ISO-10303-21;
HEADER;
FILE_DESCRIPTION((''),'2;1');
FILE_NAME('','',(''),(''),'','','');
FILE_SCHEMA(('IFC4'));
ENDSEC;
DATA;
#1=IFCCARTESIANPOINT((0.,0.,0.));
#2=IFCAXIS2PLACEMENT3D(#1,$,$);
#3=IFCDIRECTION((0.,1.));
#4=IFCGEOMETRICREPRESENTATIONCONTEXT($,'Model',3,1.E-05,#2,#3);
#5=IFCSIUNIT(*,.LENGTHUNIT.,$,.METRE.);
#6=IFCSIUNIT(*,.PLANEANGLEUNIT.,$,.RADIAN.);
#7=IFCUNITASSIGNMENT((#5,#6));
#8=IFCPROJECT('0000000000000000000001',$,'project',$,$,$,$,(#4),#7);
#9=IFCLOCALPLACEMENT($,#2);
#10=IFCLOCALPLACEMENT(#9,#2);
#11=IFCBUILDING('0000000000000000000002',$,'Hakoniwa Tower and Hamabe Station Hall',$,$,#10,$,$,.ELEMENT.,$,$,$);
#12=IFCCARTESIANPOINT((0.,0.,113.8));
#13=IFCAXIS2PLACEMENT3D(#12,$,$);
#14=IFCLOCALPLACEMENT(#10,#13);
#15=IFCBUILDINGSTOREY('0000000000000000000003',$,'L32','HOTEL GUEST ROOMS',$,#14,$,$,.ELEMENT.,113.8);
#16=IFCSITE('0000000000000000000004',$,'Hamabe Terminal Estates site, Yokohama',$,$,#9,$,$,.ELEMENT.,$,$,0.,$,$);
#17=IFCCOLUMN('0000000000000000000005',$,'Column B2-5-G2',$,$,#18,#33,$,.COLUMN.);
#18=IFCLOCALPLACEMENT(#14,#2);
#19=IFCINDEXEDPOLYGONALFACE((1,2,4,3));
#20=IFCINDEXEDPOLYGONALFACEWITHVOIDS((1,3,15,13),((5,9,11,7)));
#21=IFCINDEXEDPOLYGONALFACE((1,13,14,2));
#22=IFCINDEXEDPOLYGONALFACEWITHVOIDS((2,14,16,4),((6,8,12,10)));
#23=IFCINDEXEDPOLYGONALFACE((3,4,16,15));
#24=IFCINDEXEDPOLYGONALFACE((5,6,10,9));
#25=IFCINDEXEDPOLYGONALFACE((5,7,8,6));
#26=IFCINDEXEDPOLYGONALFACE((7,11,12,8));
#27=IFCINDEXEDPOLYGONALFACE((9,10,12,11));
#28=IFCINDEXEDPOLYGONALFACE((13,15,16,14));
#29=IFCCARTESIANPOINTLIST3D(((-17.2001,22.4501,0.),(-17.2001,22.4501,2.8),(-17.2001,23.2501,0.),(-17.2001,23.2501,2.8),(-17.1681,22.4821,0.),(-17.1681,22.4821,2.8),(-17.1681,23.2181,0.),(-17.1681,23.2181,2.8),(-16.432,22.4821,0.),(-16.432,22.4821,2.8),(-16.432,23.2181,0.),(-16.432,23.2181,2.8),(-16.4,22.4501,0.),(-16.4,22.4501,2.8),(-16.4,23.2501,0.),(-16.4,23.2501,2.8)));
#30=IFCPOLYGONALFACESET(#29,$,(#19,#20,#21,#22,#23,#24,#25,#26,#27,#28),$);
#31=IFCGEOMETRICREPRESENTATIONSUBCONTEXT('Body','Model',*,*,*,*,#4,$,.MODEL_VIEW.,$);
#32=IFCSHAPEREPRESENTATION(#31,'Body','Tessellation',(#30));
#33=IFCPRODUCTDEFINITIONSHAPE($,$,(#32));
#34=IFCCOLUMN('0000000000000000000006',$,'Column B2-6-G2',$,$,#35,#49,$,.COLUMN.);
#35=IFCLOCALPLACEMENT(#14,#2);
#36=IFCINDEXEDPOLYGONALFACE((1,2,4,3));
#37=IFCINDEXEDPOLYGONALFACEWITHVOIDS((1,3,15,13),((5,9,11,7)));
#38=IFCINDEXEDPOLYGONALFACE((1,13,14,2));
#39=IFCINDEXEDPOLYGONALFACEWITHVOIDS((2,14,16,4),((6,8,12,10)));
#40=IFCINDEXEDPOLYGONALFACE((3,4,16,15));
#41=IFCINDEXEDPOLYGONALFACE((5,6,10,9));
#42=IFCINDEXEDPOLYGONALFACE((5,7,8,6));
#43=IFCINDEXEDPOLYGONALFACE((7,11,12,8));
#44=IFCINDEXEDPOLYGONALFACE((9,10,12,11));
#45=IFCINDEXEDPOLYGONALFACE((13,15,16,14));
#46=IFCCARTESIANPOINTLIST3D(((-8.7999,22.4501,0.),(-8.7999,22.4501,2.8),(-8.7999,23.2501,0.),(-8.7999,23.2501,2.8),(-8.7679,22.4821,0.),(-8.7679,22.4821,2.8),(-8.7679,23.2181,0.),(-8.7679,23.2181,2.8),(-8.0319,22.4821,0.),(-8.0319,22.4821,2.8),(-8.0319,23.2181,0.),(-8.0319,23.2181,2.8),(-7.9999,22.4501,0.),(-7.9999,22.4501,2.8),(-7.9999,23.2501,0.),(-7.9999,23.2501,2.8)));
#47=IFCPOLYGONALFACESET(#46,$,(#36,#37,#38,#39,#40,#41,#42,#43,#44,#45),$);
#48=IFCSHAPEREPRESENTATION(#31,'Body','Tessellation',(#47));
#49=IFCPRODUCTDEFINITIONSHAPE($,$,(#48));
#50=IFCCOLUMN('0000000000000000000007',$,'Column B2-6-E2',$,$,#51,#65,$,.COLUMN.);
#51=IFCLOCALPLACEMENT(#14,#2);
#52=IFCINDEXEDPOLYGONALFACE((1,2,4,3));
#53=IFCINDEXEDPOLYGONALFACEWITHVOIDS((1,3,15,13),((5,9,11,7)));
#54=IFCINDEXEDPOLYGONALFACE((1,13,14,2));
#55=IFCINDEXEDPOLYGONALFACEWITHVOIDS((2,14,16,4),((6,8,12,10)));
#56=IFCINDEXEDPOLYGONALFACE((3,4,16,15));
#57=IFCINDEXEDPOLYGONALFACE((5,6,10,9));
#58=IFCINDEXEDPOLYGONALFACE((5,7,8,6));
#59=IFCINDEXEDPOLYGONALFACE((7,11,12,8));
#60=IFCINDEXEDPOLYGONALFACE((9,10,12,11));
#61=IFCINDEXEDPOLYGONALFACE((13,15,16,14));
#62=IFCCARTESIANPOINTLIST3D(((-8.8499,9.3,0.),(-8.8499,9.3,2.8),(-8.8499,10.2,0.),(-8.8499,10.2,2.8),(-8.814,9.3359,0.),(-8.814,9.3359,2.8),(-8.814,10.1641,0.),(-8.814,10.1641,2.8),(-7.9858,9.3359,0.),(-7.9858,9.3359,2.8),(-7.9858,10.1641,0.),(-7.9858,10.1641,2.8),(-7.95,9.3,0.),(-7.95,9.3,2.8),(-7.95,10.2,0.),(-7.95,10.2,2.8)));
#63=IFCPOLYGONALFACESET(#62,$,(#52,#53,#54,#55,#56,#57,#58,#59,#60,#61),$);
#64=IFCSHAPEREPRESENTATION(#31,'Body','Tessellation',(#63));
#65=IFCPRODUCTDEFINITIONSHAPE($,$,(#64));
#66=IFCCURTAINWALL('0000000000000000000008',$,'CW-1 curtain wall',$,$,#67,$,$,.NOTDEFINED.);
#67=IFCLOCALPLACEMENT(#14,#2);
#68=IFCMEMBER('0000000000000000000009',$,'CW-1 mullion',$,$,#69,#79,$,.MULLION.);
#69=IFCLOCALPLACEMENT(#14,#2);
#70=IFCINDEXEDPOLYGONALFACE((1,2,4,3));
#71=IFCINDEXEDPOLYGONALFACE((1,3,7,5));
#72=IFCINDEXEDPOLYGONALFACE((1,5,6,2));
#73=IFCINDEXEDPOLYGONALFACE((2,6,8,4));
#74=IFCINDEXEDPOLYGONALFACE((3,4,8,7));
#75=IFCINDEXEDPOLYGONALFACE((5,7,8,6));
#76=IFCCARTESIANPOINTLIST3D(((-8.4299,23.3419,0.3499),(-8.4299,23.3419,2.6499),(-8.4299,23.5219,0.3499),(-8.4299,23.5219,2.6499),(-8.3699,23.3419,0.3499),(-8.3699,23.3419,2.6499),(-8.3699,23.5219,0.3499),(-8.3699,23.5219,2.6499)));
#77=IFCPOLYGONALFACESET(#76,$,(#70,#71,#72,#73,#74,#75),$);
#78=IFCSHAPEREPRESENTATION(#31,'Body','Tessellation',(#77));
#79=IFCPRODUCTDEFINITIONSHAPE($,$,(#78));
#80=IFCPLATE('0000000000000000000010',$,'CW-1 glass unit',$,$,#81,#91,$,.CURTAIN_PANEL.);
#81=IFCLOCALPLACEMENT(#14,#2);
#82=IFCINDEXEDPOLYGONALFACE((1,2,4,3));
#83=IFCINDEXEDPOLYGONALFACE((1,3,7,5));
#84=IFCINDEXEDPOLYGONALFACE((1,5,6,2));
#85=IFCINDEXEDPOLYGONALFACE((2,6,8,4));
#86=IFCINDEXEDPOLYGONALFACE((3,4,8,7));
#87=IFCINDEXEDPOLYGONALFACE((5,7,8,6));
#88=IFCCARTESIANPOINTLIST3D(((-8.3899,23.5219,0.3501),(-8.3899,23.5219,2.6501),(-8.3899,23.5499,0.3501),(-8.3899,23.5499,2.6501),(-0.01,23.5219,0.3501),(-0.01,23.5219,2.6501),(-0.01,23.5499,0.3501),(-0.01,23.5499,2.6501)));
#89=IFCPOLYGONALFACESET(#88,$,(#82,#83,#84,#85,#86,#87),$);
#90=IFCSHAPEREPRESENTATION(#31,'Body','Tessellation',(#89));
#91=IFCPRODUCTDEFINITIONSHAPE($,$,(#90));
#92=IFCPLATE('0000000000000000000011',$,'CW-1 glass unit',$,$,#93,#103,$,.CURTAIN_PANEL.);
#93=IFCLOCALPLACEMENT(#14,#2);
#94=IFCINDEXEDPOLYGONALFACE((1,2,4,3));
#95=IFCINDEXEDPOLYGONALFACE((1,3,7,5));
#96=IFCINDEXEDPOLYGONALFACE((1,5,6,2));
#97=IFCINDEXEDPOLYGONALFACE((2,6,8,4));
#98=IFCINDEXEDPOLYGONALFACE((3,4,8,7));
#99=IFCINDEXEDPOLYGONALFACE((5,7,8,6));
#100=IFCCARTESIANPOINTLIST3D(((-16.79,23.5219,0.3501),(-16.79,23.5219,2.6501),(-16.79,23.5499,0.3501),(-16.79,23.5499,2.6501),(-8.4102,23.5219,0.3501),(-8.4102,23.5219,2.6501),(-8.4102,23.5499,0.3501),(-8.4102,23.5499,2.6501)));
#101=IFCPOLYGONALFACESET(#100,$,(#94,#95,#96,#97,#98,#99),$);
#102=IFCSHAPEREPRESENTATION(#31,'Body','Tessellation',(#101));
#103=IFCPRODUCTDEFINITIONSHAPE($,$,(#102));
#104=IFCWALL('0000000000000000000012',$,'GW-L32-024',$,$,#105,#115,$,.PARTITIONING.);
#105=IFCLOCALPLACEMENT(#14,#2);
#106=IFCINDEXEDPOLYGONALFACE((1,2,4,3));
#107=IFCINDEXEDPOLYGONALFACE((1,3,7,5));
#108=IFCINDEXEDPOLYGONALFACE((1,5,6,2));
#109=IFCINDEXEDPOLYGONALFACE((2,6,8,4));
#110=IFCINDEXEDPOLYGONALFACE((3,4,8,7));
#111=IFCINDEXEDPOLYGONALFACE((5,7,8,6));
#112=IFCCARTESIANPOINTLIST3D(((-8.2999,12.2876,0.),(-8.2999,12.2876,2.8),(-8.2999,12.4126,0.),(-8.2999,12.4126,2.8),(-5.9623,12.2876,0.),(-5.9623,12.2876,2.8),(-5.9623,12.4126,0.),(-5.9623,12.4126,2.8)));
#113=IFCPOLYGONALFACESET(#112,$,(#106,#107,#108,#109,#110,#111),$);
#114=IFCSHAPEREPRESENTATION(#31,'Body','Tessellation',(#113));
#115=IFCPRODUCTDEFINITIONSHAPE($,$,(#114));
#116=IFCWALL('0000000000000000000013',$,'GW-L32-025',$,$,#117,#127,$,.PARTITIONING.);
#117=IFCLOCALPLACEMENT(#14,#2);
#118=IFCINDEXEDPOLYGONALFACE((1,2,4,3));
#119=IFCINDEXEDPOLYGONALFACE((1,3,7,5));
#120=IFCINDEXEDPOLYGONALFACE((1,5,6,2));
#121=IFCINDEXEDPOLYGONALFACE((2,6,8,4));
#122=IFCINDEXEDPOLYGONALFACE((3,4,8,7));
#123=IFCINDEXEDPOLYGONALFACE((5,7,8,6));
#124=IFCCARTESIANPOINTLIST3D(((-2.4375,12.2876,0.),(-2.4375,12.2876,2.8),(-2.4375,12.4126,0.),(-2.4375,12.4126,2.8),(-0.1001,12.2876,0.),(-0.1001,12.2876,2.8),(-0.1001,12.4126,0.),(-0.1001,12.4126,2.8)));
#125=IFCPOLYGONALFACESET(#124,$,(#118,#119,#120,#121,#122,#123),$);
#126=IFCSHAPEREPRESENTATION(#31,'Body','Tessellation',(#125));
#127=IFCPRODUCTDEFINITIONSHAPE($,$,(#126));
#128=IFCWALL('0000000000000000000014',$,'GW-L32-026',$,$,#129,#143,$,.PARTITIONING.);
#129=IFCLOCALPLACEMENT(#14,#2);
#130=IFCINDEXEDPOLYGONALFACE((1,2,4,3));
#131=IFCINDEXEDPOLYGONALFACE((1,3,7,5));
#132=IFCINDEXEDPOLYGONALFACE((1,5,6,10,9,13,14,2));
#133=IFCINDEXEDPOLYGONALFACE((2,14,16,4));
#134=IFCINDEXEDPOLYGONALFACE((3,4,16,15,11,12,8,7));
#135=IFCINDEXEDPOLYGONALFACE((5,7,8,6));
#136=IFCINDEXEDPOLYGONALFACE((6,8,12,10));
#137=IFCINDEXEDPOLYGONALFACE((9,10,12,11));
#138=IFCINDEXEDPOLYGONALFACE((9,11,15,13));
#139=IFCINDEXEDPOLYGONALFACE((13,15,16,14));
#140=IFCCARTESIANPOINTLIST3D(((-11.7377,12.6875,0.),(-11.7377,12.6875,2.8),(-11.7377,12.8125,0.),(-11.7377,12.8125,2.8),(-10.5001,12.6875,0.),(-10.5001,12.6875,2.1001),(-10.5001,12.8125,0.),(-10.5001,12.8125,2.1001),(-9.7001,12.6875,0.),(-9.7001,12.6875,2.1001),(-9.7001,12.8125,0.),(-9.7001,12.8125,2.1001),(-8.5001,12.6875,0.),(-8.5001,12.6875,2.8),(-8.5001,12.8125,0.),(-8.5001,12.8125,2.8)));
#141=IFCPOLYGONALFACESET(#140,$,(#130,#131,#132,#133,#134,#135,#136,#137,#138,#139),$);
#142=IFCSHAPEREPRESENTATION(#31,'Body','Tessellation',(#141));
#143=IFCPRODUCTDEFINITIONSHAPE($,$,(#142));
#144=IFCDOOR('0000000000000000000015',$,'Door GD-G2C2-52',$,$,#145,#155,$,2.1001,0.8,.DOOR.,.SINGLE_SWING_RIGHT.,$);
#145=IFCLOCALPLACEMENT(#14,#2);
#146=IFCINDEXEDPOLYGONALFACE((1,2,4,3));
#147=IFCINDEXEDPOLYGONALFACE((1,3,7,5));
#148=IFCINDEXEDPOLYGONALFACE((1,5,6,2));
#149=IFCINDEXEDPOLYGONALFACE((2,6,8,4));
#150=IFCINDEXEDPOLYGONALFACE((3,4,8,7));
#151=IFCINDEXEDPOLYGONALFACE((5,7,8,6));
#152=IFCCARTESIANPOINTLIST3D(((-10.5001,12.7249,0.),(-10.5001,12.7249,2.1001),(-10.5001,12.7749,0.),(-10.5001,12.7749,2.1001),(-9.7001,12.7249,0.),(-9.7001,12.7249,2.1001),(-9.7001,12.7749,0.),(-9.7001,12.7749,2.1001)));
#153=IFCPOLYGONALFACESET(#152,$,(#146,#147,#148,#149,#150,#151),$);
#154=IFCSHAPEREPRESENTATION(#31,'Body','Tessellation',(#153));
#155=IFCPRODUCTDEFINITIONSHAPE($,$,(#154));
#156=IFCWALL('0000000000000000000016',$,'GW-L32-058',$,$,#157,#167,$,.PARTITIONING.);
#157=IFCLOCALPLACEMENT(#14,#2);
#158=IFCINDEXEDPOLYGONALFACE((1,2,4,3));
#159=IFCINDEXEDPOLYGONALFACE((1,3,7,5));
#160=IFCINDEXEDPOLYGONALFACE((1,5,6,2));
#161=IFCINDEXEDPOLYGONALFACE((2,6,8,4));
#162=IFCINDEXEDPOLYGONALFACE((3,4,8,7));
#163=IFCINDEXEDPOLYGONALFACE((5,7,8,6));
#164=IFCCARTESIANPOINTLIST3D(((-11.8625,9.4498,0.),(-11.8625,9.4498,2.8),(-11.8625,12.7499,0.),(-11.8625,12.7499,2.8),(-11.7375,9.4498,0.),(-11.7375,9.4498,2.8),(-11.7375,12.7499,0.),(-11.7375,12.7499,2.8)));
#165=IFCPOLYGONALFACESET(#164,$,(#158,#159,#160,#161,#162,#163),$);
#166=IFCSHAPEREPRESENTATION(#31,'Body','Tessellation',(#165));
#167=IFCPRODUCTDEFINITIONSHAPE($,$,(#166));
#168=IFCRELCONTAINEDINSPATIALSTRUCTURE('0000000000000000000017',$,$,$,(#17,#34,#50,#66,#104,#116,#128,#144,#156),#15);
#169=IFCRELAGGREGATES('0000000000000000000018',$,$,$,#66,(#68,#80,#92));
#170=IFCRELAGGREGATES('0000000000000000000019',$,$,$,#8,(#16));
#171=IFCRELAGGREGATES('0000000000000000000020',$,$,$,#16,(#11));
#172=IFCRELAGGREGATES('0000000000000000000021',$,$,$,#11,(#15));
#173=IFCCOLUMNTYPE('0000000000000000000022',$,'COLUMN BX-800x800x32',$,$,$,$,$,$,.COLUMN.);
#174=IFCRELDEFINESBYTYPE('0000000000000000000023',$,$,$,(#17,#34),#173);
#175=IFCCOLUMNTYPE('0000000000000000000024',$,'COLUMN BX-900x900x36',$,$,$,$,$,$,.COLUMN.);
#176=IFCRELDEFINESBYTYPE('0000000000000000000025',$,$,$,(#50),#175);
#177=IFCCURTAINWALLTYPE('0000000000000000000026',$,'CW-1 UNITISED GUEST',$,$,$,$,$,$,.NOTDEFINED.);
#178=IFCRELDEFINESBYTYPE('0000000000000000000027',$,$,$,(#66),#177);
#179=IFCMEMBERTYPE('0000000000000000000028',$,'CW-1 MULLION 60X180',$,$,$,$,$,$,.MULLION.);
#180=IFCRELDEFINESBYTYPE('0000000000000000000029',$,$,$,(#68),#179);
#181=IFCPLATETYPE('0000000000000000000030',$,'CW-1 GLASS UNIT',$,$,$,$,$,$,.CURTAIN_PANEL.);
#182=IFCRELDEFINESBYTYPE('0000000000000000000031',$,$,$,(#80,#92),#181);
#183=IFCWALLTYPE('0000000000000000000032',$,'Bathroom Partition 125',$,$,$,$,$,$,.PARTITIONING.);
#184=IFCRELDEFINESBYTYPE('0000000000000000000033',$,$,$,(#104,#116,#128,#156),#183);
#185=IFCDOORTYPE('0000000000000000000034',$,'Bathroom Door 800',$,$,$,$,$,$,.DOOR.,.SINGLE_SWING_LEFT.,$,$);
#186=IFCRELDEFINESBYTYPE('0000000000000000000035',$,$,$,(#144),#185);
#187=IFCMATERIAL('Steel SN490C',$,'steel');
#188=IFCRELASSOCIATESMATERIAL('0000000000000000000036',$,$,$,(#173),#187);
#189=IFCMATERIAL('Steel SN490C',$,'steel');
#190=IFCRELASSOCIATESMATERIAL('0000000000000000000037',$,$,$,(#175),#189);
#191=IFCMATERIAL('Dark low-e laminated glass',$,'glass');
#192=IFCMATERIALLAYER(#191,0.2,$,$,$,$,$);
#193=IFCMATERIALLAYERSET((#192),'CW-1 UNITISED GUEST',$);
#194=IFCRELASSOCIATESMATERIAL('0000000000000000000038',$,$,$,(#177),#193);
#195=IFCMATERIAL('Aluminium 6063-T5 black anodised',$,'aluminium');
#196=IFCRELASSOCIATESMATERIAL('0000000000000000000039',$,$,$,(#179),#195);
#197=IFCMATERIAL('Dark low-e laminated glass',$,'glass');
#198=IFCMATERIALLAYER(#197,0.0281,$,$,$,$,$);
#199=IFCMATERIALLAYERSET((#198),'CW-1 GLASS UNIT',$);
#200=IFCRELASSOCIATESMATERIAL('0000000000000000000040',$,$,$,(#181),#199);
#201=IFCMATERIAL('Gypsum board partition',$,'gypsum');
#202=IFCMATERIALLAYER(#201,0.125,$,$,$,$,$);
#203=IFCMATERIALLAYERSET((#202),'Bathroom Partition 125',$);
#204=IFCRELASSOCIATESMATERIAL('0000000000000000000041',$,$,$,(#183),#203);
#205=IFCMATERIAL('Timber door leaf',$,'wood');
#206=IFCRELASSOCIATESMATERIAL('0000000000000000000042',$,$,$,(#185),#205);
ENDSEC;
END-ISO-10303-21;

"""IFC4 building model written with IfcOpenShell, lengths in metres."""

from ifc_helpers import new_model, si_unit, direction, frame, frame_2d, origin, origin_2d, place, context, subcontext, project, spatial, rectangle, hollow_rectangle, extrude, material, layer, layer_set, material_profile, profile_set, type_object, element, fill, aggregate, save


model = new_model("IFC4")

# Units and contexts
model_context = context("Model", 3, precision=1e-05, world=origin(), true_north=direction((0.0, 1.0)))
body_context = subcontext(model_context, "Body", "Model", "MODEL_VIEW")
ifc_project = project(units=[si_unit("LENGTHUNIT", "METRE"), si_unit("PLANEANGLEUNIT", "RADIAN")], contexts=[model_context])

# Site, building, storey
site_placement = place(None, origin())
site = spatial("IfcSite", under=ifc_project, at=site_placement, Name="Hamabe Terminal Estates site, Yokohama", CompositionType="ELEMENT", RefElevation=0.0)
building_placement = place(site_placement, origin())
building = spatial("IfcBuilding", under=site, at=building_placement, Name="Hakoniwa Tower and Hamabe Station Hall", CompositionType="ELEMENT")
storey_placement = place(building_placement, frame((0.0, 0.0, 113.8)))
storey = spatial("IfcBuildingStorey", under=building, at=storey_placement, Name="L32", Description="HOTEL GUEST ROOMS", CompositionType="ELEMENT", Elevation=113.8)

# Columns
ifc_material_1 = material(Name="Steel SN490C", Category="steel")
ifc_material_profile_1 = material_profile(ifc_material_1, hollow_rectangle(XDim=0.8, YDim=0.8, WallThickness=0.032, at=origin_2d()), Name="BX-800x800x32")
ifc_profile_set_1 = profile_set([ifc_material_profile_1], Name="Steel SN490C")
column_type_1 = type_object("IfcColumnType", Name="COLUMN BX-800x800x32", PredefinedType="COLUMN", material=ifc_profile_set_1)
for number, where, z_axis, x_axis, name in (
    (1, (-16.8, 22.8501, 0.0), (0.0, 0.0, 1.0), (1.0, 0.0, 0.0), "Column B2-5-G2"),
    (2, (-8.3999, 22.8501, 0.0), (0.0, 0.0, 1.0), (1.0, 0.0, 0.0), "Column B2-6-G2"),
):
    element("IfcColumn", number, at=place(storey_placement, frame(where, z_axis=z_axis, x_axis=x_axis)), inside=storey, type_object=column_type_1, Name=name, PredefinedType="COLUMN", context=body_context, shape_type="SweptSolid", body=[
        extrude(hollow_rectangle(XDim=0.8, YDim=0.8, WallThickness=0.032, at=origin_2d()), origin(), (0.0, 0.0, 1.0), 2.8),
    ])
ifc_material_2 = material(Name="Steel SN490C", Category="steel")
ifc_material_profile_2 = material_profile(ifc_material_2, hollow_rectangle(XDim=0.8999, YDim=0.8999, WallThickness=0.0359, at=origin_2d()), Name="BX-900x900x36")
ifc_profile_set_2 = profile_set([ifc_material_profile_2], Name="Steel SN490C")
column_type_2 = type_object("IfcColumnType", Name="COLUMN BX-900x900x36", PredefinedType="COLUMN", material=ifc_profile_set_2)
column_placement = place(storey_placement, frame((-8.3999, 9.75, 0.0), z_axis=(0.0, 0.0, 1.0), x_axis=(1.0, 0.0, 0.0)))
element("IfcColumn", 3, at=column_placement, inside=storey, type_object=column_type_2, Name="Column B2-6-E2", PredefinedType="COLUMN", context=body_context, shape_type="SweptSolid", body=[
    extrude(hollow_rectangle(XDim=0.8999, YDim=0.8999, WallThickness=0.0359, at=origin_2d()), origin(), (0.0, 0.0, 1.0), 2.8),
])

# Curtain wall, member, plates
ifc_material_3 = material(Name="Dark low-e laminated glass", Category="glass")
ifc_layer_1 = layer(ifc_material_3, 0.2)
ifc_layer_set_1 = layer_set([ifc_layer_1], Name="CW-1 UNITISED GUEST")
curtain_wall_type = type_object("IfcCurtainWallType", Name="CW-1 UNITISED GUEST", PredefinedType="NOTDEFINED", material=ifc_layer_set_1)
curtain_wall_placement = place(storey_placement, origin())
curtain_wall = element("IfcCurtainWall", 4, at=curtain_wall_placement, inside=storey, type_object=curtain_wall_type, Name="CW-1 curtain wall", PredefinedType="NOTDEFINED")
ifc_material_4 = material(Name="Aluminium 6063-T5 black anodised", Category="aluminium")
ifc_material_profile_3 = material_profile(ifc_material_4, rectangle(XDim=0.0601, YDim=0.1799, at=origin_2d()), Name="CW-1 MULLION 60X180")
ifc_profile_set_3 = profile_set([ifc_material_profile_3], Name="Aluminium 6063-T5 black anodised")
member_type = type_object("IfcMemberType", Name="CW-1 MULLION 60X180", PredefinedType="MULLION", material=ifc_profile_set_3)
member_placement = place(storey_placement, frame((-8.3999, 23.4319, 0.3499), z_axis=(0.0, 0.0, 1.0), x_axis=(-1.0, 0.0, 0.0)))
member = element("IfcMember", 5, at=member_placement, type_object=member_type, Name="CW-1 mullion", PredefinedType="MULLION", context=body_context, shape_type="SweptSolid", body=[
    extrude(rectangle(XDim=0.0601, YDim=0.1799, at=origin_2d()), origin(), (0.0, 0.0, 1.0), 2.3),
])
ifc_material_5 = material(Name="Dark low-e laminated glass", Category="glass")
ifc_layer_2 = layer(ifc_material_5, 0.0281)
ifc_layer_set_2 = layer_set([ifc_layer_2], Name="CW-1 GLASS UNIT")
plate_type = type_object("IfcPlateType", Name="CW-1 GLASS UNIT", PredefinedType="CURTAIN_PANEL", material=ifc_layer_set_2)
plate_1_placement = place(storey_placement, frame((-4.2, 23.5359, 0.3501), z_axis=(0.0, 0.0, 1.0), x_axis=(-1.0, 0.0, 0.0)))
plate_1 = element("IfcPlate", 6, at=plate_1_placement, type_object=plate_type, Name="CW-1 glass unit", PredefinedType="CURTAIN_PANEL", context=body_context, shape_type="SweptSolid", body=[
    extrude(rectangle(XDim=8.3799, YDim=0.0281, at=origin_2d()), origin(), (0.0, 0.0, 1.0), 2.3),
])
plate_2_placement = place(storey_placement, frame((-12.6001, 23.5359, 0.3501), z_axis=(0.0, 0.0, 1.0), x_axis=(-1.0, 0.0, 0.0)))
plate_2 = element("IfcPlate", 7, at=plate_2_placement, type_object=plate_type, Name="CW-1 glass unit", PredefinedType="CURTAIN_PANEL", context=body_context, shape_type="SweptSolid", body=[
    extrude(rectangle(XDim=8.3799, YDim=0.0281, at=origin_2d()), origin(), (0.0, 0.0, 1.0), 2.3),
])
aggregate(curtain_wall, [member, plate_1, plate_2])

# Walls
ifc_material_6 = material(Name="Gypsum board partition", Category="gypsum")
ifc_layer_3 = layer(ifc_material_6, 0.125)
ifc_layer_set_3 = layer_set([ifc_layer_3], Name="Bathroom Partition 125")
wall_type_1 = type_object("IfcWallType", Name="Bathroom Partition 125", PredefinedType="PARTITIONING", material=ifc_layer_set_3)
wall_1_placement = place(storey_placement, frame((-8.3, 12.3501, 0.0), z_axis=(0.0, 0.0, 1.0), x_axis=(1.0, 0.0, 0.0)))
element("IfcWall", 8, at=wall_1_placement, inside=storey, type_object=wall_type_1, Name="GW-L32-024", PredefinedType="PARTITIONING", context=body_context, shape_type="SweptSolid", body=[
    extrude(rectangle(XDim=2.3376, YDim=0.125, at=frame_2d((1.1689, 0.0))), origin(), (0.0, 0.0, 1.0), 2.8),
])
wall_2_placement = place(storey_placement, frame((-2.4375, 12.3501, 0.0), z_axis=(0.0, 0.0, 1.0), x_axis=(1.0, 0.0, 0.0)))
element("IfcWall", 9, at=wall_2_placement, inside=storey, type_object=wall_type_1, Name="GW-L32-025", PredefinedType="PARTITIONING", context=body_context, shape_type="SweptSolid", body=[
    extrude(rectangle(XDim=2.3374, YDim=0.125, at=frame_2d((1.1687, 0.0))), origin(), (0.0, 0.0, 1.0), 2.8),
])

# Wall, opening, door
wall_3_placement = place(storey_placement, frame((-11.7375, 12.75, 0.0), z_axis=(0.0, 0.0, 1.0), x_axis=(1.0, 0.0, 0.0)))
wall_3 = element("IfcWall", 10, at=wall_3_placement, inside=storey, type_object=wall_type_1, Name="GW-L32-026", PredefinedType="PARTITIONING", context=body_context, shape_type="SweptSolid", body=[
    extrude(rectangle(XDim=3.2375, YDim=0.125, at=frame_2d((1.6187, 0.0))), origin(), (0.0, 0.0, 1.0), 2.8),
])
opening_1_placement = place(wall_3_placement, frame((1.2375, 0.0, 0.0)))
opening_1 = element("IfcOpeningElement", 11, at=opening_1_placement, cuts=wall_3, PredefinedType="OPENING", context=body_context, shape_type="SweptSolid", body=[
    extrude(rectangle(XDim=0.8, YDim=2.1001, at=frame_2d((0.3999, 1.05))), frame((0.0, 0.0725, 0.0), z_axis=(0.0, -1.0, 0.0), x_axis=(1.0, 0.0, 0.0)), (0.0, 0.0, 1.0), 0.145),
])
ifc_material_7 = material(Name="Timber door leaf", Category="wood")
door_type_1 = type_object("IfcDoorType", Name="Bathroom Door 800", OperationType="SINGLE_SWING_LEFT", PredefinedType="DOOR", material=ifc_material_7)
door_1_placement = place(opening_1_placement, origin())
door_1 = element("IfcDoor", 12, at=door_1_placement, inside=storey, type_object=door_type_1, Name="Door GD-G2C2-52", OperationType="SINGLE_SWING_RIGHT", OverallHeight=2.1001, OverallWidth=0.8, PredefinedType="DOOR", context=body_context, shape_type="SweptSolid", body=[
    extrude(rectangle(XDim=0.8, YDim=2.1001, at=frame_2d((0.3999, 1.05))), frame((0.0, 0.0249, 0.0), z_axis=(0.0, -1.0, 0.0), x_axis=(1.0, 0.0, 0.0)), (0.0, 0.0, 1.0), 0.05),
])
fill(opening_1, door_1)

# Wall
wall_4_placement = place(storey_placement, frame((-11.8, 9.45, 0.0), z_axis=(0.0, 0.0, 1.0), x_axis=(0.0, 1.0, 0.0)))
element("IfcWall", 13, at=wall_4_placement, inside=storey, type_object=wall_type_1, Name="GW-L32-058", PredefinedType="PARTITIONING", context=body_context, shape_type="SweptSolid", body=[
    extrude(rectangle(XDim=3.3, YDim=0.125, at=frame_2d((1.6499, 0.0))), origin(), (0.0, 0.0, 1.0), 2.8),
])

save(model, "model.ifc")
